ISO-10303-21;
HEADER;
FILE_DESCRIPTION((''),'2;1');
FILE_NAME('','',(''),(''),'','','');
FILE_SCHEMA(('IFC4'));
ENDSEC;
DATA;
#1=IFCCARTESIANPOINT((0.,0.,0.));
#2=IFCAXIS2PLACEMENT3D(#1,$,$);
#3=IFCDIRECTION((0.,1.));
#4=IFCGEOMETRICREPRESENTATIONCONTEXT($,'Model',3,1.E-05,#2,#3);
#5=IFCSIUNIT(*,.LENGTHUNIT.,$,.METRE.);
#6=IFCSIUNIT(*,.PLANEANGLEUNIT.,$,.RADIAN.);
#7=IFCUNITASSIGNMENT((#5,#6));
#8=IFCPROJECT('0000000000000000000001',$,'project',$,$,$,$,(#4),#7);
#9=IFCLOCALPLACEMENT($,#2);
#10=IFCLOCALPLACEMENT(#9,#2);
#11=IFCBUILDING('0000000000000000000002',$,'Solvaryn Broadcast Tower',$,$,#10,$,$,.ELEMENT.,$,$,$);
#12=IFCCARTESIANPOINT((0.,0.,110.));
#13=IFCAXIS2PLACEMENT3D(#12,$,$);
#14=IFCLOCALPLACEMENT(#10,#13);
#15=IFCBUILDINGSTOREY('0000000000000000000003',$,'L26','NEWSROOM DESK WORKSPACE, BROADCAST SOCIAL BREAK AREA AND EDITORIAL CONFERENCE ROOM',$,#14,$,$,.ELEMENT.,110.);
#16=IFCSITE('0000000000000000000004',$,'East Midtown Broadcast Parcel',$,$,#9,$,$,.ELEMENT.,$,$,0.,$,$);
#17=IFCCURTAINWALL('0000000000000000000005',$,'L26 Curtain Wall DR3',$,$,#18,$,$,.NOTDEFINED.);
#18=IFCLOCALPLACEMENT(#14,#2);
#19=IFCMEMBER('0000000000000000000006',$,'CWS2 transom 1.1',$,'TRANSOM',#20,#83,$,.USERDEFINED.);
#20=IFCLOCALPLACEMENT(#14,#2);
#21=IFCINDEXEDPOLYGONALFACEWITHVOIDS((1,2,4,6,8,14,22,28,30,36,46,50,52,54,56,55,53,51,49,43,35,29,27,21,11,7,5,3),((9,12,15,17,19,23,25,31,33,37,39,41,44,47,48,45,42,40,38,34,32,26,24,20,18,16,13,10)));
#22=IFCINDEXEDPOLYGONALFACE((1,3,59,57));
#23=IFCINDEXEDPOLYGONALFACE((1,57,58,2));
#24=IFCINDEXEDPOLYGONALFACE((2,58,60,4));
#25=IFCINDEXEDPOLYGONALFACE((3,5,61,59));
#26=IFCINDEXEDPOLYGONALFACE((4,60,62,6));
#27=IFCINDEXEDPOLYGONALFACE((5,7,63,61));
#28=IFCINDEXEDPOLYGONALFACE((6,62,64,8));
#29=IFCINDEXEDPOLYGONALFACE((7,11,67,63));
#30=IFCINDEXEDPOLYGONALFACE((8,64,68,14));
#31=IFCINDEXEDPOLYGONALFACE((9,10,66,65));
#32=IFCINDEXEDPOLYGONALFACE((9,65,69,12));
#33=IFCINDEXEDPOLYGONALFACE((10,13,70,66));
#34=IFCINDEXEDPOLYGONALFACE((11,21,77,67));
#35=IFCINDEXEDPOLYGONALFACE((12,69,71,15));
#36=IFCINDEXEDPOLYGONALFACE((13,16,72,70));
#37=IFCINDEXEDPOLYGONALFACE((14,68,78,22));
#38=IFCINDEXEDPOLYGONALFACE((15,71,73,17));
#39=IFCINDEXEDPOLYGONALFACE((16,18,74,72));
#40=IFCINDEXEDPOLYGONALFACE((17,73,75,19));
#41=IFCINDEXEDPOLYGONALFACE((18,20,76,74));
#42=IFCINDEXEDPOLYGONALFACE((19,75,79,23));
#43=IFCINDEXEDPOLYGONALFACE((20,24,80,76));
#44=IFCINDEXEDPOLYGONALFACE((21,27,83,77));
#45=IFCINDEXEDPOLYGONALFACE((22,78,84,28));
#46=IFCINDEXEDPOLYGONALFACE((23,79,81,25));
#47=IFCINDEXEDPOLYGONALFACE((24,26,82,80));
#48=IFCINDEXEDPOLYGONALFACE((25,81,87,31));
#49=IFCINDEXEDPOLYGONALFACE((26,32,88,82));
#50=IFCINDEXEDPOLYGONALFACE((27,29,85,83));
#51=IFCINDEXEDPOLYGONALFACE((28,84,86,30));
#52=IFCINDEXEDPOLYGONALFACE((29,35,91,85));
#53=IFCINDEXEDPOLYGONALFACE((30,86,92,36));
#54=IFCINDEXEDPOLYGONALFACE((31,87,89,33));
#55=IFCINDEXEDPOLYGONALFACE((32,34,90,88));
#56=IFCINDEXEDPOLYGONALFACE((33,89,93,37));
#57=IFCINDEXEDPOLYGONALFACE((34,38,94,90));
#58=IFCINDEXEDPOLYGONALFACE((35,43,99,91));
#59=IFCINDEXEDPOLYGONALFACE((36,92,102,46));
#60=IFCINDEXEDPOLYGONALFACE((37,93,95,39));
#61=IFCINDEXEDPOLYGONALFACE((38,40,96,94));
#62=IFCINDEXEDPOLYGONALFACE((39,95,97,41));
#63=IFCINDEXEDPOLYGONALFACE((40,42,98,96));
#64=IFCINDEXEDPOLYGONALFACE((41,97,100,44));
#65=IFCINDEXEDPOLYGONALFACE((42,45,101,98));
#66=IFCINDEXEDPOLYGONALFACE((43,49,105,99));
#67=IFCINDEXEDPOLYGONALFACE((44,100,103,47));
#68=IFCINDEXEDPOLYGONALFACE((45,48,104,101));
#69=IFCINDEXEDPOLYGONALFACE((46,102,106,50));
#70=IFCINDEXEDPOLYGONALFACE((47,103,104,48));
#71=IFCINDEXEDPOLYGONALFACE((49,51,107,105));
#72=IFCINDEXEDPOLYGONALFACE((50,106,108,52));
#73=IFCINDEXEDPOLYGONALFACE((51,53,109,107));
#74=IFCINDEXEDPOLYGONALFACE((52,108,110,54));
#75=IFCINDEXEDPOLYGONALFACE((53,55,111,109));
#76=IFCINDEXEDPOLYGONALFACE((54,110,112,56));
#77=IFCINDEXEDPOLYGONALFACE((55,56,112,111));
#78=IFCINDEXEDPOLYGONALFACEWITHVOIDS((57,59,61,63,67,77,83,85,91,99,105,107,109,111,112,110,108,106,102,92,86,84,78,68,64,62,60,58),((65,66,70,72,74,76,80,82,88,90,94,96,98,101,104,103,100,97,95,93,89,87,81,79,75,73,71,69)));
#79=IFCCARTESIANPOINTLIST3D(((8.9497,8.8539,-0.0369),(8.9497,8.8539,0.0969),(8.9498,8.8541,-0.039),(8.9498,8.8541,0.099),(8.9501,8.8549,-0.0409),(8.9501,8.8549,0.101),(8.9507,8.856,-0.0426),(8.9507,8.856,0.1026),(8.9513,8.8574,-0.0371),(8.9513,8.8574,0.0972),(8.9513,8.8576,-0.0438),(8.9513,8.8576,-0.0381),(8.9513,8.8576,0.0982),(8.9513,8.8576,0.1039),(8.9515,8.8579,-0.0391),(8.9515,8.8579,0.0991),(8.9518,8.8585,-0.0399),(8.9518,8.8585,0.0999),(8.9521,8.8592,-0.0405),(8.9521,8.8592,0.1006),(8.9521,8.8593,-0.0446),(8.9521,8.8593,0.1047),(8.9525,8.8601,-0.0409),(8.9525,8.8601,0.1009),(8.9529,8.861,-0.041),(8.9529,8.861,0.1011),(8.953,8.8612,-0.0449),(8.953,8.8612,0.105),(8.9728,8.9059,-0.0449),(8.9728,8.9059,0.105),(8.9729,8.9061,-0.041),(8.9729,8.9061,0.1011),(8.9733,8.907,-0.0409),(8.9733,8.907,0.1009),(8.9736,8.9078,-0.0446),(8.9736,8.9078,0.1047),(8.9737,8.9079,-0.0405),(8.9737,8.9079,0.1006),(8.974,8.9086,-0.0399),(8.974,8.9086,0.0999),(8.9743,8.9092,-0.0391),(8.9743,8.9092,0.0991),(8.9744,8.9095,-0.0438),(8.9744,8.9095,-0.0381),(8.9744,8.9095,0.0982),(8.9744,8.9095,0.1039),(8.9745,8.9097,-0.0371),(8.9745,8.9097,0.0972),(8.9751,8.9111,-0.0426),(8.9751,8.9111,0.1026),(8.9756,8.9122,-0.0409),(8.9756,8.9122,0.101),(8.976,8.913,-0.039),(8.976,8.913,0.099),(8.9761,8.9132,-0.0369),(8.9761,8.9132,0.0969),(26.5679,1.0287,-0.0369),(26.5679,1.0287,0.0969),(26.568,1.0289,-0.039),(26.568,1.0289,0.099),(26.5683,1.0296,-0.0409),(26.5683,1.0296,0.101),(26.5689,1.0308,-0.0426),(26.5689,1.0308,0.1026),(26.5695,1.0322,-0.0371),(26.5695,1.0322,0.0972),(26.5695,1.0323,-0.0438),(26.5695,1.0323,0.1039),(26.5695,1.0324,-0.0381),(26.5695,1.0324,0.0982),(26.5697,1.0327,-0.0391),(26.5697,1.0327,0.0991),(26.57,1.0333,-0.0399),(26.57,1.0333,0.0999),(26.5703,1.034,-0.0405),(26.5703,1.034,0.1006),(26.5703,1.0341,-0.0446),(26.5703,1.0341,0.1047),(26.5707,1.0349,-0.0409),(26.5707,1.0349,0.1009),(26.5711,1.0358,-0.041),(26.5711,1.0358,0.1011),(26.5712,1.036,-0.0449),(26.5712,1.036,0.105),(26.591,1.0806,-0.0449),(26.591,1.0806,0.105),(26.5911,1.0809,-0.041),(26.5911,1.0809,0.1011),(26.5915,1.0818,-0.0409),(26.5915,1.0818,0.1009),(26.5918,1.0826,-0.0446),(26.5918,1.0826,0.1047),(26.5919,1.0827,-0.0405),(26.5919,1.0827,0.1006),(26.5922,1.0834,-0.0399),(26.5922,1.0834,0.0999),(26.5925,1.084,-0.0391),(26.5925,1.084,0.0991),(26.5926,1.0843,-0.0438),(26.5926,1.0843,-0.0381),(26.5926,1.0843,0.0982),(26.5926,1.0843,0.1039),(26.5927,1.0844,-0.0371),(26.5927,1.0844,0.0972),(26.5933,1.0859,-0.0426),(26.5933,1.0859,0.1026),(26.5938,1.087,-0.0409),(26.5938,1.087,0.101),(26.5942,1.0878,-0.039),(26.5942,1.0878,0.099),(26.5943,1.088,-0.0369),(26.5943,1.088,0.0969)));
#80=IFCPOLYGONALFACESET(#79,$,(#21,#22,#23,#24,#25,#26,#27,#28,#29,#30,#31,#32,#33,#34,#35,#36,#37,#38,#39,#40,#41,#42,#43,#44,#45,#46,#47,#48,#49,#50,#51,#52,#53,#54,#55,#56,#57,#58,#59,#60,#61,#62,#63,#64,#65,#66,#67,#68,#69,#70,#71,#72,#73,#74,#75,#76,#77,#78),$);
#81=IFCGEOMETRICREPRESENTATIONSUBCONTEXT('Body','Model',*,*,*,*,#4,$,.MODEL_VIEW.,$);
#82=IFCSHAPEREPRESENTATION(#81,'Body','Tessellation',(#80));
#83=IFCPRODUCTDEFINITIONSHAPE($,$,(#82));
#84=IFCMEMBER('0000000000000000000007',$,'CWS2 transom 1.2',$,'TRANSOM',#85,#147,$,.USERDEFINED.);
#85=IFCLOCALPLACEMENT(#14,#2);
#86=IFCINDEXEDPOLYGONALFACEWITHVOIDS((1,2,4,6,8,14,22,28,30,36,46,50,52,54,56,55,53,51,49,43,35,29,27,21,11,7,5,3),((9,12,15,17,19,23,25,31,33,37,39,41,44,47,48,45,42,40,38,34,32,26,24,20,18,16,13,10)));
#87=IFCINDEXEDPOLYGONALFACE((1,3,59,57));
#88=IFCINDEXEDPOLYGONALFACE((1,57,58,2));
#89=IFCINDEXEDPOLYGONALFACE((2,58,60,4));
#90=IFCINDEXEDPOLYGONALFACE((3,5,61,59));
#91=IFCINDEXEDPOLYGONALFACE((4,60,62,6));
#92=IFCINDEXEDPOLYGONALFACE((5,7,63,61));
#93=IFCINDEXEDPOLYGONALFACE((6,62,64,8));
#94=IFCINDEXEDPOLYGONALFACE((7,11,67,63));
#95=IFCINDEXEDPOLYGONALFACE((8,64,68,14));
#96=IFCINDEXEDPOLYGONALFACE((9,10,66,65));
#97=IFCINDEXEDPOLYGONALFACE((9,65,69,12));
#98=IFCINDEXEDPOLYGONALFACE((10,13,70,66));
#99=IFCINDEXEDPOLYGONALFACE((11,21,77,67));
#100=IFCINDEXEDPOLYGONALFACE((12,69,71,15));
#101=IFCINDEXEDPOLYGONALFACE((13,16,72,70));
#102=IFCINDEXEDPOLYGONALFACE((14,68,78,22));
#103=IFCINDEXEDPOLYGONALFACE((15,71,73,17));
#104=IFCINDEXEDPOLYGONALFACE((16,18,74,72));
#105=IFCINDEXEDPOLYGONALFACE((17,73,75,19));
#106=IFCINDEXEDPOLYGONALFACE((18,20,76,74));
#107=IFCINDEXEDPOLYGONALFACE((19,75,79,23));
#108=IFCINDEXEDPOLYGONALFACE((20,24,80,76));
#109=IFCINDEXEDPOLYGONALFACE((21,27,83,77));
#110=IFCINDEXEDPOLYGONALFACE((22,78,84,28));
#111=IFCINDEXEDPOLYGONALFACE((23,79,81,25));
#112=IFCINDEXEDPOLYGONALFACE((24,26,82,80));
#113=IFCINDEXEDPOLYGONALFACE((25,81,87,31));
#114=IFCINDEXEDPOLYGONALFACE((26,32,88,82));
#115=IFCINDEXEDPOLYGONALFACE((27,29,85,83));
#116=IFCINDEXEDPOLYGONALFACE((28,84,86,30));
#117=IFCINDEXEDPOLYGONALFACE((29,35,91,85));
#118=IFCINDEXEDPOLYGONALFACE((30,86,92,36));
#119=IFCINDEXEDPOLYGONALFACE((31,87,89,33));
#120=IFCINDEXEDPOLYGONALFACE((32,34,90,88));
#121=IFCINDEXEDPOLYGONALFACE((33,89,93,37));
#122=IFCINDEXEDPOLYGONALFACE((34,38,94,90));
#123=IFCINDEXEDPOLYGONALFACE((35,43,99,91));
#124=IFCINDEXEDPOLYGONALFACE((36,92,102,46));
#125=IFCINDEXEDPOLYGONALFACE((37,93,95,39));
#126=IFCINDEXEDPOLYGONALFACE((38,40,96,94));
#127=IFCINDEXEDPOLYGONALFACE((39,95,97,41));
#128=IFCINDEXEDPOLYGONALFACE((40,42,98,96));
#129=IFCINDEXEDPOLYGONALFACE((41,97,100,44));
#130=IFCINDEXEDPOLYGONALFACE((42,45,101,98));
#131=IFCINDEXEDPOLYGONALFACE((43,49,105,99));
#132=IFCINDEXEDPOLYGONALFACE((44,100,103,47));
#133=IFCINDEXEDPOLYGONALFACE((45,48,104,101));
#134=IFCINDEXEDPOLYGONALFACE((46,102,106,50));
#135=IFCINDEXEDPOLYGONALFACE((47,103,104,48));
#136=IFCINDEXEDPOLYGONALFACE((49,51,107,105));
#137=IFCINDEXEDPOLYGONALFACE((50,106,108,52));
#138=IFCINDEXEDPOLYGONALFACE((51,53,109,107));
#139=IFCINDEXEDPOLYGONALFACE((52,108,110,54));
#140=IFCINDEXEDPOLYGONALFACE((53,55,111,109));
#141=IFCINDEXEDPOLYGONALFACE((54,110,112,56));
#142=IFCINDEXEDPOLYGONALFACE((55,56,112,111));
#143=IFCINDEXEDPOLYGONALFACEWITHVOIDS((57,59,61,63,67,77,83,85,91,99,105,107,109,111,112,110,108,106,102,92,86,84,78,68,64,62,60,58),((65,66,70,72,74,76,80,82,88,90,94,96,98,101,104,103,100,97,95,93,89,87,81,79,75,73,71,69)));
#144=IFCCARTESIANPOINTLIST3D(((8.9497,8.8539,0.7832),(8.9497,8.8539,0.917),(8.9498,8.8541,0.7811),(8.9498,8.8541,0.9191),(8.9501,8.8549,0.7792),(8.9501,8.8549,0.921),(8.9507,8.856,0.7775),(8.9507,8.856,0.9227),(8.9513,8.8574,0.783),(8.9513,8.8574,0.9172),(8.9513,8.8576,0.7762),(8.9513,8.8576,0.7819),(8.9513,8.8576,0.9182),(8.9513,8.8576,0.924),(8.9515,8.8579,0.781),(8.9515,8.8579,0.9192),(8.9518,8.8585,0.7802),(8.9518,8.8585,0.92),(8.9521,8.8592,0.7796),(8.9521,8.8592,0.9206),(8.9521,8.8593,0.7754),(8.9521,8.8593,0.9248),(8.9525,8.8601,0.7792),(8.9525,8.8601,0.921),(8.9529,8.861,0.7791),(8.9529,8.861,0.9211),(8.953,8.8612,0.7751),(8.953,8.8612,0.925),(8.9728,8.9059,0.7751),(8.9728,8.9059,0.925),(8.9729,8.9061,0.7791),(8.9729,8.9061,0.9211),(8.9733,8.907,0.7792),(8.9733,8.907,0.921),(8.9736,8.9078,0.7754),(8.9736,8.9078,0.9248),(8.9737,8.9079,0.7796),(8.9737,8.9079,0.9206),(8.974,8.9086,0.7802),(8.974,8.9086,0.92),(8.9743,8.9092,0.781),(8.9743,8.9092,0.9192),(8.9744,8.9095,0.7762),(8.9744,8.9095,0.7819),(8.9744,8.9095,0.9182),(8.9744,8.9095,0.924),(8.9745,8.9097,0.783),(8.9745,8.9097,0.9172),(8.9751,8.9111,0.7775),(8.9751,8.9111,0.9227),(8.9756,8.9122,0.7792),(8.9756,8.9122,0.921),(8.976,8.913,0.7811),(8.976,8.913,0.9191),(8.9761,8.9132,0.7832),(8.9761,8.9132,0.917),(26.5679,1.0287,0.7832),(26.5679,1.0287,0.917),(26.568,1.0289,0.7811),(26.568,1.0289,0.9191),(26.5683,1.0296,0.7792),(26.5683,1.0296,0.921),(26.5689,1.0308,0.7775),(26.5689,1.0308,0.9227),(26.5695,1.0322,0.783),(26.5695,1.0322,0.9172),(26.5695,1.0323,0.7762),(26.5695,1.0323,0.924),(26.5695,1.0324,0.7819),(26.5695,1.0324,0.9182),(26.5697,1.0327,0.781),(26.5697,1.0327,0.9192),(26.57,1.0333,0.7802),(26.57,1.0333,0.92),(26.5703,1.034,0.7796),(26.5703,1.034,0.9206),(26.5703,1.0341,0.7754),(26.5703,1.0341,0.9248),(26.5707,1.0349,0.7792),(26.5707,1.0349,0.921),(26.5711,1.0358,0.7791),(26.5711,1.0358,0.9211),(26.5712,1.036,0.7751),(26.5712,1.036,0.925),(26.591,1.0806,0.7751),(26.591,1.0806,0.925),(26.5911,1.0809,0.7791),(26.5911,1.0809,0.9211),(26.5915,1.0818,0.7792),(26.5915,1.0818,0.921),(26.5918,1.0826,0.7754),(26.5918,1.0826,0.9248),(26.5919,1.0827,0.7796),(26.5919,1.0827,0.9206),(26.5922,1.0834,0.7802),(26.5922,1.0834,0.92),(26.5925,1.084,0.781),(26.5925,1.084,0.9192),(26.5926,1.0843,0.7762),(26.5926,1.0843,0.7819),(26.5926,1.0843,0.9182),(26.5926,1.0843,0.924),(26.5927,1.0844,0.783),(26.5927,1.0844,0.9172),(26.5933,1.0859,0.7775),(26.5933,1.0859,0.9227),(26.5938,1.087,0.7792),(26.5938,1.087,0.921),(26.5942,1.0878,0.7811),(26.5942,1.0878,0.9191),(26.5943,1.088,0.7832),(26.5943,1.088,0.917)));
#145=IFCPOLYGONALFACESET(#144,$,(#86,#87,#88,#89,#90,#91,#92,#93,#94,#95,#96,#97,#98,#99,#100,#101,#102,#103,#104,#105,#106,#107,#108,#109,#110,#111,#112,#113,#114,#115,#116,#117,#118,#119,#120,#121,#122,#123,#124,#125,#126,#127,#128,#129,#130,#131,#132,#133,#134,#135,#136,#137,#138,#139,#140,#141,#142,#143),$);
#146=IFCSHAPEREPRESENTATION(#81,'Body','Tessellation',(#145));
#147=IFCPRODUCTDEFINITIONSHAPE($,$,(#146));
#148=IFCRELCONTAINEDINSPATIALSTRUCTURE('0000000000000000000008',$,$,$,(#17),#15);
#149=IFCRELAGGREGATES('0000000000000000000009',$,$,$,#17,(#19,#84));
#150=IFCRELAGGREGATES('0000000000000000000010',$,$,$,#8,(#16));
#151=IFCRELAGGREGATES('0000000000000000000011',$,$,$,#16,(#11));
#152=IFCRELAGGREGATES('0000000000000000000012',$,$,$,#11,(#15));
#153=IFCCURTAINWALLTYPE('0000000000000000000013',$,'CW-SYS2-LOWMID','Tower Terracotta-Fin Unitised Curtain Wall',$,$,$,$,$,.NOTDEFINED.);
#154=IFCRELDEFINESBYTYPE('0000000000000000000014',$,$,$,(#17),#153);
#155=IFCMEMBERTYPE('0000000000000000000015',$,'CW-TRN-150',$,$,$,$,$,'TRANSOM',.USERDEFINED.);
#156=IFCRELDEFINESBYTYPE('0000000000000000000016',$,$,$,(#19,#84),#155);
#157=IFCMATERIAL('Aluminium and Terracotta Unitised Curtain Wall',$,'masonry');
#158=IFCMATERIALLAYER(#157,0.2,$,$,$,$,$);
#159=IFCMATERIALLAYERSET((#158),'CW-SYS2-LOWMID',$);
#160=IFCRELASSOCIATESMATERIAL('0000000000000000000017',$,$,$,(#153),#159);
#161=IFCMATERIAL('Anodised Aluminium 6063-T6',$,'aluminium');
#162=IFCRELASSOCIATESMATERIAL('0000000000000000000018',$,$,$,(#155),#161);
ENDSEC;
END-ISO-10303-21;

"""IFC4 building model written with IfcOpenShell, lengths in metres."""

from ifc_helpers import new_model, si_unit, direction, frame, origin, origin_2d, place, context, subcontext, project, spatial, hollow_rectangle, extrude, material, layer, layer_set, material_profile, profile_set, type_object, element, aggregate, save


model = new_model("IFC4")

# Units and contexts
model_context = context("Model", 3, precision=1e-05, world=origin(), true_north=direction((0.0, 1.0)))
body_context = subcontext(model_context, "Body", "Model", "MODEL_VIEW")
ifc_project = project(units=[si_unit("LENGTHUNIT", "METRE"), si_unit("PLANEANGLEUNIT", "RADIAN")], contexts=[model_context])

# Site, building, storey
site_placement = place(None, origin())
site = spatial("IfcSite", under=ifc_project, at=site_placement, Name="East Midtown Broadcast Parcel", CompositionType="ELEMENT", RefElevation=0.0)
building_placement = place(site_placement, origin())
building = spatial("IfcBuilding", under=site, at=building_placement, Name="Solvaryn Broadcast Tower", CompositionType="ELEMENT")
storey_placement = place(building_placement, frame((0.0, 0.0, 110.0)))
storey = spatial("IfcBuildingStorey", under=building, at=storey_placement, Name="L26", Description="NEWSROOM DESK WORKSPACE, BROADCAST SOCIAL BREAK AREA AND EDITORIAL CONFERENCE ROOM", CompositionType="ELEMENT", Elevation=110.0)

# Shared definitions
ifc_material_1 = material(Name="Aluminium and Terracotta Unitised Curtain Wall", Category="masonry")
ifc_layer_1 = layer(ifc_material_1, 0.2)
ifc_layer_set_1 = layer_set([ifc_layer_1], Name="CW-SYS2-LOWMID")
curtain_wall_type = type_object("IfcCurtainWallType", Name="CW-SYS2-LOWMID", Description="Tower Terracotta-Fin Unitised Curtain Wall", PredefinedType="NOTDEFINED", material=ifc_layer_set_1)

# Curtain wall, members
curtain_wall_1_placement = place(storey_placement, origin())
curtain_wall_1 = element("IfcCurtainWall", 1, at=curtain_wall_1_placement, inside=storey, type_object=curtain_wall_type, Name="L26 Curtain Wall DR3", PredefinedType="NOTDEFINED")
ifc_material_2 = material(Name="Anodised Aluminium 6063-T6", Category="aluminium")
ifc_material_profile_1 = material_profile(ifc_material_2, hollow_rectangle(XDim=0.0649, YDim=0.1499, WallThickness=0.0039, InnerFilletRadius=0.0039, OuterFilletRadius=0.0081, at=origin_2d()))
ifc_profile_set_1 = profile_set([ifc_material_profile_1], Name="Anodised Aluminium 6063-T6")
member_type_1 = type_object("IfcMemberType", Name="CW-TRN-150", ElementType="TRANSOM", PredefinedType="USERDEFINED", material=ifc_profile_set_1)
member_1_placement = place(storey_placement, frame((8.9629, 8.8835, 0.03), z_axis=(0.91391, -0.405918, 0.0), x_axis=(0.405918, 0.91391, 0.0)))
member_1 = element("IfcMember", 2, at=member_1_placement, type_object=member_type_1, Name="CWS2 transom 1.1", ObjectType="TRANSOM", PredefinedType="USERDEFINED", context=body_context, shape_type="SweptSolid", body=[
    extrude(hollow_rectangle(XDim=0.0649, YDim=0.1499, WallThickness=0.0039, InnerFilletRadius=0.0039, OuterFilletRadius=0.0081, at=origin_2d()), origin(), (0.0, 0.0, 1.0), 19.2778),
])
member_2_placement = place(storey_placement, frame((8.9629, 8.8835, 0.8501), z_axis=(0.91391, -0.405918, 0.0), x_axis=(0.405918, 0.91391, 0.0)))
member_2 = element("IfcMember", 3, at=member_2_placement, type_object=member_type_1, Name="CWS2 transom 1.2", ObjectType="TRANSOM", PredefinedType="USERDEFINED", context=body_context, shape_type="SweptSolid", body=[
    extrude(hollow_rectangle(XDim=0.0649, YDim=0.1499, WallThickness=0.0039, InnerFilletRadius=0.0039, OuterFilletRadius=0.0081, at=origin_2d()), origin(), (0.0, 0.0, 1.0), 19.2778),
])
aggregate(curtain_wall_1, [member_1, member_2])

save(model, "model.ifc")
